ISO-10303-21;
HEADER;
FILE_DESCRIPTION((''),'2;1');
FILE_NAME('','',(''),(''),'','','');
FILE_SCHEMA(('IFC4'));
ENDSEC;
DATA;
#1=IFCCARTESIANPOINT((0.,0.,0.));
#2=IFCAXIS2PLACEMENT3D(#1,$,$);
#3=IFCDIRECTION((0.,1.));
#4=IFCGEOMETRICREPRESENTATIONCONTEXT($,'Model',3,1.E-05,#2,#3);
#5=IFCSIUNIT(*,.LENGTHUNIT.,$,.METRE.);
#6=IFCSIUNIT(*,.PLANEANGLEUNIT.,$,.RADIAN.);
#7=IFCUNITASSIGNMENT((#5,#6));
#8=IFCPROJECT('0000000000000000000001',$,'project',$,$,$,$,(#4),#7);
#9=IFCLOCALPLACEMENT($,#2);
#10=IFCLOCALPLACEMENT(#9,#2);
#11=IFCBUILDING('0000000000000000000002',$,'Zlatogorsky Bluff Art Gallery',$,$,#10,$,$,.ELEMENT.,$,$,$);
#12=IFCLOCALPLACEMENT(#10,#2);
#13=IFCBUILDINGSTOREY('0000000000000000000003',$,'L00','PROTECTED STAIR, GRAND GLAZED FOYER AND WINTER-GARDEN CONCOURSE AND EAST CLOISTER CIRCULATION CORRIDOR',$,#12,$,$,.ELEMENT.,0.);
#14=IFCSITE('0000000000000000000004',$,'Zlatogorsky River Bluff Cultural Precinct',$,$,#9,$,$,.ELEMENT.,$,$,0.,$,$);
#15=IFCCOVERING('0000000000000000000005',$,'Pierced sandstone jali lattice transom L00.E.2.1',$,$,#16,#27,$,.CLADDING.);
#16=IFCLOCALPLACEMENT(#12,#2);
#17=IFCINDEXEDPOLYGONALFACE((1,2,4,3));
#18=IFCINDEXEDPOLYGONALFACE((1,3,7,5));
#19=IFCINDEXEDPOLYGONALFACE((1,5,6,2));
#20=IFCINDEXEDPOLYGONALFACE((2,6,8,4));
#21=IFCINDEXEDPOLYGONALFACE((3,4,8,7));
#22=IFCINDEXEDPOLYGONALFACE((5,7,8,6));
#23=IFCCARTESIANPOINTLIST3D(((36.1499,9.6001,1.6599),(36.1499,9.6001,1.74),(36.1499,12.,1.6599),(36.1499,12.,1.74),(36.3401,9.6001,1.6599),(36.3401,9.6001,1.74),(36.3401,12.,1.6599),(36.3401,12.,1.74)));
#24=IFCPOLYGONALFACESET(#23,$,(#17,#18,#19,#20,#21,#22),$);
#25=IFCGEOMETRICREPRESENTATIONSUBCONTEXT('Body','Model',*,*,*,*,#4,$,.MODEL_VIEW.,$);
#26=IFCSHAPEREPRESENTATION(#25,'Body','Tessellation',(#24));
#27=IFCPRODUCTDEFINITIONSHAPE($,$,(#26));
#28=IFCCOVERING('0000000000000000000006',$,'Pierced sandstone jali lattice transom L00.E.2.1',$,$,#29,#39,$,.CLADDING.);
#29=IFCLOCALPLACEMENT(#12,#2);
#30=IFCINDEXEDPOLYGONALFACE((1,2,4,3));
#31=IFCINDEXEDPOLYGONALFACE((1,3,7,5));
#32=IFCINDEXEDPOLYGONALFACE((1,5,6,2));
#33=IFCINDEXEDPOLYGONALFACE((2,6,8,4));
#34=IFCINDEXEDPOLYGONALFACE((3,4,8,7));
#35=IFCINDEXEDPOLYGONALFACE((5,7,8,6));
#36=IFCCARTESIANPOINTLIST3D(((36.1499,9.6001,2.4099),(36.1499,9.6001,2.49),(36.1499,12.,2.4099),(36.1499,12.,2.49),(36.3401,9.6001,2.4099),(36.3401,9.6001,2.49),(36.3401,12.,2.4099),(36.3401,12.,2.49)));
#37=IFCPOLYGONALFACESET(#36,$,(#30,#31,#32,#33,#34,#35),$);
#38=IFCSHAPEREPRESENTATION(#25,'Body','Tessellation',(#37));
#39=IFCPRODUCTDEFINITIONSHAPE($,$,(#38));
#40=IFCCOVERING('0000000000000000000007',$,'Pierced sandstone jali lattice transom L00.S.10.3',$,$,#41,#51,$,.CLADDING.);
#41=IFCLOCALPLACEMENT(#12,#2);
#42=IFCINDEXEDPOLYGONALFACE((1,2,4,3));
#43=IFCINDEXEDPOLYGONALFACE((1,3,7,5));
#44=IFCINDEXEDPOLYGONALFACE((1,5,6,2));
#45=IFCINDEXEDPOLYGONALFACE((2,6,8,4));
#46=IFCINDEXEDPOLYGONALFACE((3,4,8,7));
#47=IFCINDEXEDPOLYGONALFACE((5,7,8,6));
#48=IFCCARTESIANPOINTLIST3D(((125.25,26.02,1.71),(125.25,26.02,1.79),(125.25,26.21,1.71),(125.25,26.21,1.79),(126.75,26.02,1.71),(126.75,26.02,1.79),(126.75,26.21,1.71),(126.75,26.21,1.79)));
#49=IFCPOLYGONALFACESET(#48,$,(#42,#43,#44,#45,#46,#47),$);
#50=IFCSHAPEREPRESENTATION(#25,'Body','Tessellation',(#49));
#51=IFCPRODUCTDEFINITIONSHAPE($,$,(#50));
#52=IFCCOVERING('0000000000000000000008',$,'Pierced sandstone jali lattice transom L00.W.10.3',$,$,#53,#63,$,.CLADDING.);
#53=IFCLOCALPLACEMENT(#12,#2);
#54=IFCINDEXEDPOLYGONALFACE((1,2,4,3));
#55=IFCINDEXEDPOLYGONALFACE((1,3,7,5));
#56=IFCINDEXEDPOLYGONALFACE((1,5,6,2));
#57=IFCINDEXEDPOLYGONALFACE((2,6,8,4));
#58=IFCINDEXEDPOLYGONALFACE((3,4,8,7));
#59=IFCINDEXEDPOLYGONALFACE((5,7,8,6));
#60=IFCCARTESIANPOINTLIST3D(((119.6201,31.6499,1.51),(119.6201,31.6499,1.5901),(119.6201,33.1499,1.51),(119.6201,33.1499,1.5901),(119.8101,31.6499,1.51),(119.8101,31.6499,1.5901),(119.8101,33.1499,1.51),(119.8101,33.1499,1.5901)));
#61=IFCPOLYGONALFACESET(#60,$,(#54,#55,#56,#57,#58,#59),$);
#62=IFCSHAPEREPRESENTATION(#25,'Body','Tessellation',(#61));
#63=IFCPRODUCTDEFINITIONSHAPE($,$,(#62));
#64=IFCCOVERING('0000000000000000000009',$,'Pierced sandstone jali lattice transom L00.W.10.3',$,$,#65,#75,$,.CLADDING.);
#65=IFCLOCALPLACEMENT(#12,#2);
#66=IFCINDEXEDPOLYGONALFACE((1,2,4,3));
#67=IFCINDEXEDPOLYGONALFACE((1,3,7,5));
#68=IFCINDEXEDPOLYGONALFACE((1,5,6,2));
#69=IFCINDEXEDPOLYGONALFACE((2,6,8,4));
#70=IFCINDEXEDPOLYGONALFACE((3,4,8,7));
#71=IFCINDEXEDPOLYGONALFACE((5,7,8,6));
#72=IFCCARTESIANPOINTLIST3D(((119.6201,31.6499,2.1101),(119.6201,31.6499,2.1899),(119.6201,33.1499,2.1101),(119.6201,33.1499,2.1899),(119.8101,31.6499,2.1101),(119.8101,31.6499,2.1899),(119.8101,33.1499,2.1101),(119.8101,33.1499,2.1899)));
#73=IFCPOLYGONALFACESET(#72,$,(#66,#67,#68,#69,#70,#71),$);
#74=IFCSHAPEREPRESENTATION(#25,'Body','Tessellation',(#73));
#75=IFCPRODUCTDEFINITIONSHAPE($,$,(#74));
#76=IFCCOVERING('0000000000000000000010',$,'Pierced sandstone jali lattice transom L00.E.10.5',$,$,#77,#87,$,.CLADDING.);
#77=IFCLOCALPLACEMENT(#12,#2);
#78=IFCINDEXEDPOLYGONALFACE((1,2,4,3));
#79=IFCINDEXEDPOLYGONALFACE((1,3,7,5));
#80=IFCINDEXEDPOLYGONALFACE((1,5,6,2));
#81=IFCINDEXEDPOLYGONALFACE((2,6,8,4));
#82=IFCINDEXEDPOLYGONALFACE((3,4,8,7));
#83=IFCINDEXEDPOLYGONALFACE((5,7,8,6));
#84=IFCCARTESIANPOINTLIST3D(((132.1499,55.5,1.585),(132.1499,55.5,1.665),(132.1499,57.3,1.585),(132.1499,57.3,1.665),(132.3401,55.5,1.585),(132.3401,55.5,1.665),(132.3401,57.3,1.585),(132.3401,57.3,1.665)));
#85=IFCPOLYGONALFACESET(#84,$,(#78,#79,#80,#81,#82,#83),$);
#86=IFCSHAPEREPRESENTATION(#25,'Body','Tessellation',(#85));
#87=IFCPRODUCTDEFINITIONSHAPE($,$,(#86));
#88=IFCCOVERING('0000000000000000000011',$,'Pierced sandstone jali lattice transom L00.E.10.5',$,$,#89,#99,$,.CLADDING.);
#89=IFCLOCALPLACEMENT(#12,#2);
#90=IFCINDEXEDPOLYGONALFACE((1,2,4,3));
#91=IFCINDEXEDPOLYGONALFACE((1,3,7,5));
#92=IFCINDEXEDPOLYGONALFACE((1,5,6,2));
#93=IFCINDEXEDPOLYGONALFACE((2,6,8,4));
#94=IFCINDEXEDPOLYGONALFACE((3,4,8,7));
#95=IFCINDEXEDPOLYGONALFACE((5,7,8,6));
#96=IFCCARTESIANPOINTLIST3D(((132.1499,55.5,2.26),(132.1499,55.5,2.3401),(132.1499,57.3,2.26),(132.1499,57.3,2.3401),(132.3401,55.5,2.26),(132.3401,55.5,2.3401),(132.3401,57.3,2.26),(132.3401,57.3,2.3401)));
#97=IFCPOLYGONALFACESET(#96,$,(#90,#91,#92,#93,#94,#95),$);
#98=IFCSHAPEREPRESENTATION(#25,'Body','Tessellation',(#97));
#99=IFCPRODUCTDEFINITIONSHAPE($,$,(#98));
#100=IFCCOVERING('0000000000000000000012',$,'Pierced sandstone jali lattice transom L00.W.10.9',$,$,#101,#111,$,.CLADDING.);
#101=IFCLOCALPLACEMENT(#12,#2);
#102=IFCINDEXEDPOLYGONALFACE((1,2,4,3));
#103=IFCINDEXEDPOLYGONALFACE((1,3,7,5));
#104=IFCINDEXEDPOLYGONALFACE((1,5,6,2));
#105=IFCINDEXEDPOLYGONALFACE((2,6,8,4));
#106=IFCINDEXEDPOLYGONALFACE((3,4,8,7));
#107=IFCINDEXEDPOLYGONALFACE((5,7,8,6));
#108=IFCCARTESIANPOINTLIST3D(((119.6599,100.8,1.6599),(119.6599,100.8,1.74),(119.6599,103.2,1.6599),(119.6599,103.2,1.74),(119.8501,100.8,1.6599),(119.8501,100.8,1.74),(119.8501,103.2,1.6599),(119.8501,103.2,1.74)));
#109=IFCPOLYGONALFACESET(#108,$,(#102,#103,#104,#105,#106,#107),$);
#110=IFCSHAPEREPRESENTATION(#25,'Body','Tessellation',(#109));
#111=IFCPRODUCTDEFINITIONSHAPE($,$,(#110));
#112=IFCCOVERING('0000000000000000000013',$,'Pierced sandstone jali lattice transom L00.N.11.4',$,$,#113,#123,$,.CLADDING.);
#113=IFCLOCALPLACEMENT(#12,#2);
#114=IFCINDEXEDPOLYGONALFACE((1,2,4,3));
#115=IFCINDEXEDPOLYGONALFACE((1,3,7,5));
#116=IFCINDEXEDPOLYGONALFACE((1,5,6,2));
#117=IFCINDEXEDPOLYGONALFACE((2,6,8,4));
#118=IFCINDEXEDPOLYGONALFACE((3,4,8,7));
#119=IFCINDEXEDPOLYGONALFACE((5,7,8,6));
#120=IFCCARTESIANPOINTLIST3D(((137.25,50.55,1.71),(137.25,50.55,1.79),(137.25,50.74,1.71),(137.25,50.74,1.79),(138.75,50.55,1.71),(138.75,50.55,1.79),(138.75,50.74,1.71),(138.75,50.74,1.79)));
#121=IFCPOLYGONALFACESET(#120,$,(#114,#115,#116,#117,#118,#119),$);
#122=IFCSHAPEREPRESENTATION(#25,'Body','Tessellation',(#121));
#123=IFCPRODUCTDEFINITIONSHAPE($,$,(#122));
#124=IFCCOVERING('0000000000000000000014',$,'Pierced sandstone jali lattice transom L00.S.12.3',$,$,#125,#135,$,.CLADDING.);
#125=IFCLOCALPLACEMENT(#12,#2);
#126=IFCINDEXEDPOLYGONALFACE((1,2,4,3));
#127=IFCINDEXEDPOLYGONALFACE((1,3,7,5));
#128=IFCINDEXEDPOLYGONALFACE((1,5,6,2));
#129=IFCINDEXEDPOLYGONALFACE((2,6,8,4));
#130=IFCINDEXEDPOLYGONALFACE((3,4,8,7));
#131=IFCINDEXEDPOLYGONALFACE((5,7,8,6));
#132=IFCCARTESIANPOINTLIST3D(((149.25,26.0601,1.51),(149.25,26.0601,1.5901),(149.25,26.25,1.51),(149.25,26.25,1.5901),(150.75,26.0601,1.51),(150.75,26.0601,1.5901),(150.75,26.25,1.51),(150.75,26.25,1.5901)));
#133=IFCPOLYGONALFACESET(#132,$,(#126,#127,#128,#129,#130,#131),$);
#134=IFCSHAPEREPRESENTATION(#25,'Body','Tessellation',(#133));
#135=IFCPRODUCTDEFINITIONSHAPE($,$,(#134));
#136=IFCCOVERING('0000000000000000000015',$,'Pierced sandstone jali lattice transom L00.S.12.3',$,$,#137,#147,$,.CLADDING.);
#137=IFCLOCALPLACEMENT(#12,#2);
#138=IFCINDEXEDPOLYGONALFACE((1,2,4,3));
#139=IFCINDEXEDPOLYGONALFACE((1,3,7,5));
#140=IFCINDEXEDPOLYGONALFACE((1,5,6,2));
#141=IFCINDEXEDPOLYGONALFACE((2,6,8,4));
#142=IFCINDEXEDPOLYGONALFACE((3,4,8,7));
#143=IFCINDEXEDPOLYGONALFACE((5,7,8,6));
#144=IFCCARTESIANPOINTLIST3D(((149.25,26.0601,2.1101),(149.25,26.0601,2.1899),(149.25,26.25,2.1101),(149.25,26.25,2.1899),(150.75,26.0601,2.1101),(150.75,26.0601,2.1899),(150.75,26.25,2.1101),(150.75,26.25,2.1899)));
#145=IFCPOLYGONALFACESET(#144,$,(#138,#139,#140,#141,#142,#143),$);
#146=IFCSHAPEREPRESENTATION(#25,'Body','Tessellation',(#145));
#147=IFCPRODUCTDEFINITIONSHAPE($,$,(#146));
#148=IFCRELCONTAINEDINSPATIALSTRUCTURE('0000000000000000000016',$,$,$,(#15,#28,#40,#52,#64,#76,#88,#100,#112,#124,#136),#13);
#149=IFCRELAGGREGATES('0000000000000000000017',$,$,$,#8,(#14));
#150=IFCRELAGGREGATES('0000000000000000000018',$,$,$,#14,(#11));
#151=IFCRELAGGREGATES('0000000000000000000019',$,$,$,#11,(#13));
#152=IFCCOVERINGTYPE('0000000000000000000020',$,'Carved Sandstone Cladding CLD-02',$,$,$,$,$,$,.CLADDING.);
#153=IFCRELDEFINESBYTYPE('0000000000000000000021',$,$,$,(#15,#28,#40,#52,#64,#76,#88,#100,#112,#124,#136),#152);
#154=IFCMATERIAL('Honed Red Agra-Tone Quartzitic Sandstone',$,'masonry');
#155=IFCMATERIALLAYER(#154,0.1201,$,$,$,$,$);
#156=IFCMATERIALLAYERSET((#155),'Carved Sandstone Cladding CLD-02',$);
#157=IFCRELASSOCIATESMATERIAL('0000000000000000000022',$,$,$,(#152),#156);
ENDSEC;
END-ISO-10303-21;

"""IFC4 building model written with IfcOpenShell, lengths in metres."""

from ifc_helpers import new_model, si_unit, direction, frame, origin, place, context, subcontext, project, spatial, polyline, outline, extrude, material, layer, layer_set, type_object, element, save


model = new_model("IFC4")

# Units and contexts
model_context = context("Model", 3, precision=1e-05, world=origin(), true_north=direction((0.0, 1.0)))
body_context = subcontext(model_context, "Body", "Model", "MODEL_VIEW")
ifc_project = project(units=[si_unit("LENGTHUNIT", "METRE"), si_unit("PLANEANGLEUNIT", "RADIAN")], contexts=[model_context])

# Site, building, storey
site_placement = place(None, origin())
site = spatial("IfcSite", under=ifc_project, at=site_placement, Name="Zlatogorsky River Bluff Cultural Precinct", CompositionType="ELEMENT", RefElevation=0.0)
building_placement = place(site_placement, origin())
building = spatial("IfcBuilding", under=site, at=building_placement, Name="Zlatogorsky Bluff Art Gallery", CompositionType="ELEMENT")
storey_placement = place(building_placement, origin())
storey = spatial("IfcBuildingStorey", under=building, at=storey_placement, Name="L00", Description="PROTECTED STAIR, GRAND GLAZED FOYER AND WINTER-GARDEN CONCOURSE AND EAST CLOISTER CIRCULATION CORRIDOR", CompositionType="ELEMENT", Elevation=0.0)

# Coverings
ifc_material_1 = material(Name="Honed Red Agra-Tone Quartzitic Sandstone", Category="masonry")
ifc_layer_1 = layer(ifc_material_1, 0.1201)
ifc_layer_set_1 = layer_set([ifc_layer_1], Name="Carved Sandstone Cladding CLD-02")
covering_type = type_object("IfcCoveringType", Name="Carved Sandstone Cladding CLD-02", PredefinedType="CLADDING", material=ifc_layer_set_1)
for number, where, name in (
    (1, (0.0, 0.0, 1.6599), "Pierced sandstone jali lattice transom L00.E.2.1"),
    (2, (0.0, 0.0, 2.4099), "Pierced sandstone jali lattice transom L00.E.2.1"),
):
    element("IfcCovering", number, at=place(storey_placement, frame(where)), inside=storey, type_object=covering_type, Name=name, PredefinedType="CLADDING", context=body_context, shape_type="SweptSolid", body=[
        extrude(outline(polyline([(36.1499, 9.6001), (36.1499, 12.0), (36.3401, 12.0), (36.3401, 9.6001), (36.1499, 9.6001)])), origin(), (0.0, 0.0, 1.0), 0.0801),
    ])
covering_1_placement = place(storey_placement, frame((0.0, 0.0, 1.71)))
element("IfcCovering", 3, at=covering_1_placement, inside=storey, type_object=covering_type, Name="Pierced sandstone jali lattice transom L00.S.10.3", PredefinedType="CLADDING", context=body_context, shape_type="SweptSolid", body=[
    extrude(outline(polyline([(125.25, 26.02), (126.75, 26.02), (126.75, 26.21), (125.25, 26.21), (125.25, 26.02)])), origin(), (0.0, 0.0, 1.0), 0.0801),
])
covering_2_placement = place(storey_placement, frame((0.0, 0.0, 1.51)))
element("IfcCovering", 4, at=covering_2_placement, inside=storey, type_object=covering_type, Name="Pierced sandstone jali lattice transom L00.W.10.3", PredefinedType="CLADDING", context=body_context, shape_type="SweptSolid", body=[
    extrude(outline(polyline([(119.6201, 31.6499), (119.6201, 33.1499), (119.8101, 33.1499), (119.8101, 31.6499), (119.6201, 31.6499)])), origin(), (0.0, 0.0, 1.0), 0.0801),
])
covering_3_placement = place(storey_placement, frame((0.0, 0.0, 2.1101)))
element("IfcCovering", 5, at=covering_3_placement, inside=storey, type_object=covering_type, Name="Pierced sandstone jali lattice transom L00.W.10.3", PredefinedType="CLADDING", context=body_context, shape_type="SweptSolid", body=[
    extrude(outline(polyline([(119.6201, 31.6499), (119.6201, 33.1499), (119.8101, 33.1499), (119.8101, 31.6499), (119.6201, 31.6499)])), origin(), (0.0, 0.0, 1.0), 0.0798),
])
for number, where, name in (
    (6, (0.0, 0.0, 1.585), "Pierced sandstone jali lattice transom L00.E.10.5"),
    (7, (0.0, 0.0, 2.26), "Pierced sandstone jali lattice transom L00.E.10.5"),
):
    element("IfcCovering", number, at=place(storey_placement, frame(where)), inside=storey, type_object=covering_type, Name=name, PredefinedType="CLADDING", context=body_context, shape_type="SweptSolid", body=[
        extrude(outline(polyline([(132.1499, 55.5), (132.1499, 57.3), (132.3401, 57.3), (132.3401, 55.5), (132.1499, 55.5)])), origin(), (0.0, 0.0, 1.0), 0.0801),
    ])
covering_4_placement = place(storey_placement, frame((0.0, 0.0, 1.6599)))
element("IfcCovering", 8, at=covering_4_placement, inside=storey, type_object=covering_type, Name="Pierced sandstone jali lattice transom L00.W.10.9", PredefinedType="CLADDING", context=body_context, shape_type="SweptSolid", body=[
    extrude(outline(polyline([(119.6599, 100.8), (119.6599, 103.2), (119.8501, 103.2), (119.8501, 100.8), (119.6599, 100.8)])), origin(), (0.0, 0.0, 1.0), 0.0801),
])
covering_5_placement = place(storey_placement, frame((0.0, 0.0, 1.71)))
element("IfcCovering", 9, at=covering_5_placement, inside=storey, type_object=covering_type, Name="Pierced sandstone jali lattice transom L00.N.11.4", PredefinedType="CLADDING", context=body_context, shape_type="SweptSolid", body=[
    extrude(outline(polyline([(137.25, 50.55), (138.75, 50.55), (138.75, 50.74), (137.25, 50.74), (137.25, 50.55)])), origin(), (0.0, 0.0, 1.0), 0.0801),
])
covering_6_placement = place(storey_placement, frame((0.0, 0.0, 1.51)))
element("IfcCovering", 10, at=covering_6_placement, inside=storey, type_object=covering_type, Name="Pierced sandstone jali lattice transom L00.S.12.3", PredefinedType="CLADDING", context=body_context, shape_type="SweptSolid", body=[
    extrude(outline(polyline([(149.25, 26.0601), (150.75, 26.0601), (150.75, 26.25), (149.25, 26.25), (149.25, 26.0601)])), origin(), (0.0, 0.0, 1.0), 0.0801),
])
covering_7_placement = place(storey_placement, frame((0.0, 0.0, 2.1101)))
element("IfcCovering", 11, at=covering_7_placement, inside=storey, type_object=covering_type, Name="Pierced sandstone jali lattice transom L00.S.12.3", PredefinedType="CLADDING", context=body_context, shape_type="SweptSolid", body=[
    extrude(outline(polyline([(149.25, 26.0601), (150.75, 26.0601), (150.75, 26.25), (149.25, 26.25), (149.25, 26.0601)])), origin(), (0.0, 0.0, 1.0), 0.0798),
])

save(model, "model.ifc")
